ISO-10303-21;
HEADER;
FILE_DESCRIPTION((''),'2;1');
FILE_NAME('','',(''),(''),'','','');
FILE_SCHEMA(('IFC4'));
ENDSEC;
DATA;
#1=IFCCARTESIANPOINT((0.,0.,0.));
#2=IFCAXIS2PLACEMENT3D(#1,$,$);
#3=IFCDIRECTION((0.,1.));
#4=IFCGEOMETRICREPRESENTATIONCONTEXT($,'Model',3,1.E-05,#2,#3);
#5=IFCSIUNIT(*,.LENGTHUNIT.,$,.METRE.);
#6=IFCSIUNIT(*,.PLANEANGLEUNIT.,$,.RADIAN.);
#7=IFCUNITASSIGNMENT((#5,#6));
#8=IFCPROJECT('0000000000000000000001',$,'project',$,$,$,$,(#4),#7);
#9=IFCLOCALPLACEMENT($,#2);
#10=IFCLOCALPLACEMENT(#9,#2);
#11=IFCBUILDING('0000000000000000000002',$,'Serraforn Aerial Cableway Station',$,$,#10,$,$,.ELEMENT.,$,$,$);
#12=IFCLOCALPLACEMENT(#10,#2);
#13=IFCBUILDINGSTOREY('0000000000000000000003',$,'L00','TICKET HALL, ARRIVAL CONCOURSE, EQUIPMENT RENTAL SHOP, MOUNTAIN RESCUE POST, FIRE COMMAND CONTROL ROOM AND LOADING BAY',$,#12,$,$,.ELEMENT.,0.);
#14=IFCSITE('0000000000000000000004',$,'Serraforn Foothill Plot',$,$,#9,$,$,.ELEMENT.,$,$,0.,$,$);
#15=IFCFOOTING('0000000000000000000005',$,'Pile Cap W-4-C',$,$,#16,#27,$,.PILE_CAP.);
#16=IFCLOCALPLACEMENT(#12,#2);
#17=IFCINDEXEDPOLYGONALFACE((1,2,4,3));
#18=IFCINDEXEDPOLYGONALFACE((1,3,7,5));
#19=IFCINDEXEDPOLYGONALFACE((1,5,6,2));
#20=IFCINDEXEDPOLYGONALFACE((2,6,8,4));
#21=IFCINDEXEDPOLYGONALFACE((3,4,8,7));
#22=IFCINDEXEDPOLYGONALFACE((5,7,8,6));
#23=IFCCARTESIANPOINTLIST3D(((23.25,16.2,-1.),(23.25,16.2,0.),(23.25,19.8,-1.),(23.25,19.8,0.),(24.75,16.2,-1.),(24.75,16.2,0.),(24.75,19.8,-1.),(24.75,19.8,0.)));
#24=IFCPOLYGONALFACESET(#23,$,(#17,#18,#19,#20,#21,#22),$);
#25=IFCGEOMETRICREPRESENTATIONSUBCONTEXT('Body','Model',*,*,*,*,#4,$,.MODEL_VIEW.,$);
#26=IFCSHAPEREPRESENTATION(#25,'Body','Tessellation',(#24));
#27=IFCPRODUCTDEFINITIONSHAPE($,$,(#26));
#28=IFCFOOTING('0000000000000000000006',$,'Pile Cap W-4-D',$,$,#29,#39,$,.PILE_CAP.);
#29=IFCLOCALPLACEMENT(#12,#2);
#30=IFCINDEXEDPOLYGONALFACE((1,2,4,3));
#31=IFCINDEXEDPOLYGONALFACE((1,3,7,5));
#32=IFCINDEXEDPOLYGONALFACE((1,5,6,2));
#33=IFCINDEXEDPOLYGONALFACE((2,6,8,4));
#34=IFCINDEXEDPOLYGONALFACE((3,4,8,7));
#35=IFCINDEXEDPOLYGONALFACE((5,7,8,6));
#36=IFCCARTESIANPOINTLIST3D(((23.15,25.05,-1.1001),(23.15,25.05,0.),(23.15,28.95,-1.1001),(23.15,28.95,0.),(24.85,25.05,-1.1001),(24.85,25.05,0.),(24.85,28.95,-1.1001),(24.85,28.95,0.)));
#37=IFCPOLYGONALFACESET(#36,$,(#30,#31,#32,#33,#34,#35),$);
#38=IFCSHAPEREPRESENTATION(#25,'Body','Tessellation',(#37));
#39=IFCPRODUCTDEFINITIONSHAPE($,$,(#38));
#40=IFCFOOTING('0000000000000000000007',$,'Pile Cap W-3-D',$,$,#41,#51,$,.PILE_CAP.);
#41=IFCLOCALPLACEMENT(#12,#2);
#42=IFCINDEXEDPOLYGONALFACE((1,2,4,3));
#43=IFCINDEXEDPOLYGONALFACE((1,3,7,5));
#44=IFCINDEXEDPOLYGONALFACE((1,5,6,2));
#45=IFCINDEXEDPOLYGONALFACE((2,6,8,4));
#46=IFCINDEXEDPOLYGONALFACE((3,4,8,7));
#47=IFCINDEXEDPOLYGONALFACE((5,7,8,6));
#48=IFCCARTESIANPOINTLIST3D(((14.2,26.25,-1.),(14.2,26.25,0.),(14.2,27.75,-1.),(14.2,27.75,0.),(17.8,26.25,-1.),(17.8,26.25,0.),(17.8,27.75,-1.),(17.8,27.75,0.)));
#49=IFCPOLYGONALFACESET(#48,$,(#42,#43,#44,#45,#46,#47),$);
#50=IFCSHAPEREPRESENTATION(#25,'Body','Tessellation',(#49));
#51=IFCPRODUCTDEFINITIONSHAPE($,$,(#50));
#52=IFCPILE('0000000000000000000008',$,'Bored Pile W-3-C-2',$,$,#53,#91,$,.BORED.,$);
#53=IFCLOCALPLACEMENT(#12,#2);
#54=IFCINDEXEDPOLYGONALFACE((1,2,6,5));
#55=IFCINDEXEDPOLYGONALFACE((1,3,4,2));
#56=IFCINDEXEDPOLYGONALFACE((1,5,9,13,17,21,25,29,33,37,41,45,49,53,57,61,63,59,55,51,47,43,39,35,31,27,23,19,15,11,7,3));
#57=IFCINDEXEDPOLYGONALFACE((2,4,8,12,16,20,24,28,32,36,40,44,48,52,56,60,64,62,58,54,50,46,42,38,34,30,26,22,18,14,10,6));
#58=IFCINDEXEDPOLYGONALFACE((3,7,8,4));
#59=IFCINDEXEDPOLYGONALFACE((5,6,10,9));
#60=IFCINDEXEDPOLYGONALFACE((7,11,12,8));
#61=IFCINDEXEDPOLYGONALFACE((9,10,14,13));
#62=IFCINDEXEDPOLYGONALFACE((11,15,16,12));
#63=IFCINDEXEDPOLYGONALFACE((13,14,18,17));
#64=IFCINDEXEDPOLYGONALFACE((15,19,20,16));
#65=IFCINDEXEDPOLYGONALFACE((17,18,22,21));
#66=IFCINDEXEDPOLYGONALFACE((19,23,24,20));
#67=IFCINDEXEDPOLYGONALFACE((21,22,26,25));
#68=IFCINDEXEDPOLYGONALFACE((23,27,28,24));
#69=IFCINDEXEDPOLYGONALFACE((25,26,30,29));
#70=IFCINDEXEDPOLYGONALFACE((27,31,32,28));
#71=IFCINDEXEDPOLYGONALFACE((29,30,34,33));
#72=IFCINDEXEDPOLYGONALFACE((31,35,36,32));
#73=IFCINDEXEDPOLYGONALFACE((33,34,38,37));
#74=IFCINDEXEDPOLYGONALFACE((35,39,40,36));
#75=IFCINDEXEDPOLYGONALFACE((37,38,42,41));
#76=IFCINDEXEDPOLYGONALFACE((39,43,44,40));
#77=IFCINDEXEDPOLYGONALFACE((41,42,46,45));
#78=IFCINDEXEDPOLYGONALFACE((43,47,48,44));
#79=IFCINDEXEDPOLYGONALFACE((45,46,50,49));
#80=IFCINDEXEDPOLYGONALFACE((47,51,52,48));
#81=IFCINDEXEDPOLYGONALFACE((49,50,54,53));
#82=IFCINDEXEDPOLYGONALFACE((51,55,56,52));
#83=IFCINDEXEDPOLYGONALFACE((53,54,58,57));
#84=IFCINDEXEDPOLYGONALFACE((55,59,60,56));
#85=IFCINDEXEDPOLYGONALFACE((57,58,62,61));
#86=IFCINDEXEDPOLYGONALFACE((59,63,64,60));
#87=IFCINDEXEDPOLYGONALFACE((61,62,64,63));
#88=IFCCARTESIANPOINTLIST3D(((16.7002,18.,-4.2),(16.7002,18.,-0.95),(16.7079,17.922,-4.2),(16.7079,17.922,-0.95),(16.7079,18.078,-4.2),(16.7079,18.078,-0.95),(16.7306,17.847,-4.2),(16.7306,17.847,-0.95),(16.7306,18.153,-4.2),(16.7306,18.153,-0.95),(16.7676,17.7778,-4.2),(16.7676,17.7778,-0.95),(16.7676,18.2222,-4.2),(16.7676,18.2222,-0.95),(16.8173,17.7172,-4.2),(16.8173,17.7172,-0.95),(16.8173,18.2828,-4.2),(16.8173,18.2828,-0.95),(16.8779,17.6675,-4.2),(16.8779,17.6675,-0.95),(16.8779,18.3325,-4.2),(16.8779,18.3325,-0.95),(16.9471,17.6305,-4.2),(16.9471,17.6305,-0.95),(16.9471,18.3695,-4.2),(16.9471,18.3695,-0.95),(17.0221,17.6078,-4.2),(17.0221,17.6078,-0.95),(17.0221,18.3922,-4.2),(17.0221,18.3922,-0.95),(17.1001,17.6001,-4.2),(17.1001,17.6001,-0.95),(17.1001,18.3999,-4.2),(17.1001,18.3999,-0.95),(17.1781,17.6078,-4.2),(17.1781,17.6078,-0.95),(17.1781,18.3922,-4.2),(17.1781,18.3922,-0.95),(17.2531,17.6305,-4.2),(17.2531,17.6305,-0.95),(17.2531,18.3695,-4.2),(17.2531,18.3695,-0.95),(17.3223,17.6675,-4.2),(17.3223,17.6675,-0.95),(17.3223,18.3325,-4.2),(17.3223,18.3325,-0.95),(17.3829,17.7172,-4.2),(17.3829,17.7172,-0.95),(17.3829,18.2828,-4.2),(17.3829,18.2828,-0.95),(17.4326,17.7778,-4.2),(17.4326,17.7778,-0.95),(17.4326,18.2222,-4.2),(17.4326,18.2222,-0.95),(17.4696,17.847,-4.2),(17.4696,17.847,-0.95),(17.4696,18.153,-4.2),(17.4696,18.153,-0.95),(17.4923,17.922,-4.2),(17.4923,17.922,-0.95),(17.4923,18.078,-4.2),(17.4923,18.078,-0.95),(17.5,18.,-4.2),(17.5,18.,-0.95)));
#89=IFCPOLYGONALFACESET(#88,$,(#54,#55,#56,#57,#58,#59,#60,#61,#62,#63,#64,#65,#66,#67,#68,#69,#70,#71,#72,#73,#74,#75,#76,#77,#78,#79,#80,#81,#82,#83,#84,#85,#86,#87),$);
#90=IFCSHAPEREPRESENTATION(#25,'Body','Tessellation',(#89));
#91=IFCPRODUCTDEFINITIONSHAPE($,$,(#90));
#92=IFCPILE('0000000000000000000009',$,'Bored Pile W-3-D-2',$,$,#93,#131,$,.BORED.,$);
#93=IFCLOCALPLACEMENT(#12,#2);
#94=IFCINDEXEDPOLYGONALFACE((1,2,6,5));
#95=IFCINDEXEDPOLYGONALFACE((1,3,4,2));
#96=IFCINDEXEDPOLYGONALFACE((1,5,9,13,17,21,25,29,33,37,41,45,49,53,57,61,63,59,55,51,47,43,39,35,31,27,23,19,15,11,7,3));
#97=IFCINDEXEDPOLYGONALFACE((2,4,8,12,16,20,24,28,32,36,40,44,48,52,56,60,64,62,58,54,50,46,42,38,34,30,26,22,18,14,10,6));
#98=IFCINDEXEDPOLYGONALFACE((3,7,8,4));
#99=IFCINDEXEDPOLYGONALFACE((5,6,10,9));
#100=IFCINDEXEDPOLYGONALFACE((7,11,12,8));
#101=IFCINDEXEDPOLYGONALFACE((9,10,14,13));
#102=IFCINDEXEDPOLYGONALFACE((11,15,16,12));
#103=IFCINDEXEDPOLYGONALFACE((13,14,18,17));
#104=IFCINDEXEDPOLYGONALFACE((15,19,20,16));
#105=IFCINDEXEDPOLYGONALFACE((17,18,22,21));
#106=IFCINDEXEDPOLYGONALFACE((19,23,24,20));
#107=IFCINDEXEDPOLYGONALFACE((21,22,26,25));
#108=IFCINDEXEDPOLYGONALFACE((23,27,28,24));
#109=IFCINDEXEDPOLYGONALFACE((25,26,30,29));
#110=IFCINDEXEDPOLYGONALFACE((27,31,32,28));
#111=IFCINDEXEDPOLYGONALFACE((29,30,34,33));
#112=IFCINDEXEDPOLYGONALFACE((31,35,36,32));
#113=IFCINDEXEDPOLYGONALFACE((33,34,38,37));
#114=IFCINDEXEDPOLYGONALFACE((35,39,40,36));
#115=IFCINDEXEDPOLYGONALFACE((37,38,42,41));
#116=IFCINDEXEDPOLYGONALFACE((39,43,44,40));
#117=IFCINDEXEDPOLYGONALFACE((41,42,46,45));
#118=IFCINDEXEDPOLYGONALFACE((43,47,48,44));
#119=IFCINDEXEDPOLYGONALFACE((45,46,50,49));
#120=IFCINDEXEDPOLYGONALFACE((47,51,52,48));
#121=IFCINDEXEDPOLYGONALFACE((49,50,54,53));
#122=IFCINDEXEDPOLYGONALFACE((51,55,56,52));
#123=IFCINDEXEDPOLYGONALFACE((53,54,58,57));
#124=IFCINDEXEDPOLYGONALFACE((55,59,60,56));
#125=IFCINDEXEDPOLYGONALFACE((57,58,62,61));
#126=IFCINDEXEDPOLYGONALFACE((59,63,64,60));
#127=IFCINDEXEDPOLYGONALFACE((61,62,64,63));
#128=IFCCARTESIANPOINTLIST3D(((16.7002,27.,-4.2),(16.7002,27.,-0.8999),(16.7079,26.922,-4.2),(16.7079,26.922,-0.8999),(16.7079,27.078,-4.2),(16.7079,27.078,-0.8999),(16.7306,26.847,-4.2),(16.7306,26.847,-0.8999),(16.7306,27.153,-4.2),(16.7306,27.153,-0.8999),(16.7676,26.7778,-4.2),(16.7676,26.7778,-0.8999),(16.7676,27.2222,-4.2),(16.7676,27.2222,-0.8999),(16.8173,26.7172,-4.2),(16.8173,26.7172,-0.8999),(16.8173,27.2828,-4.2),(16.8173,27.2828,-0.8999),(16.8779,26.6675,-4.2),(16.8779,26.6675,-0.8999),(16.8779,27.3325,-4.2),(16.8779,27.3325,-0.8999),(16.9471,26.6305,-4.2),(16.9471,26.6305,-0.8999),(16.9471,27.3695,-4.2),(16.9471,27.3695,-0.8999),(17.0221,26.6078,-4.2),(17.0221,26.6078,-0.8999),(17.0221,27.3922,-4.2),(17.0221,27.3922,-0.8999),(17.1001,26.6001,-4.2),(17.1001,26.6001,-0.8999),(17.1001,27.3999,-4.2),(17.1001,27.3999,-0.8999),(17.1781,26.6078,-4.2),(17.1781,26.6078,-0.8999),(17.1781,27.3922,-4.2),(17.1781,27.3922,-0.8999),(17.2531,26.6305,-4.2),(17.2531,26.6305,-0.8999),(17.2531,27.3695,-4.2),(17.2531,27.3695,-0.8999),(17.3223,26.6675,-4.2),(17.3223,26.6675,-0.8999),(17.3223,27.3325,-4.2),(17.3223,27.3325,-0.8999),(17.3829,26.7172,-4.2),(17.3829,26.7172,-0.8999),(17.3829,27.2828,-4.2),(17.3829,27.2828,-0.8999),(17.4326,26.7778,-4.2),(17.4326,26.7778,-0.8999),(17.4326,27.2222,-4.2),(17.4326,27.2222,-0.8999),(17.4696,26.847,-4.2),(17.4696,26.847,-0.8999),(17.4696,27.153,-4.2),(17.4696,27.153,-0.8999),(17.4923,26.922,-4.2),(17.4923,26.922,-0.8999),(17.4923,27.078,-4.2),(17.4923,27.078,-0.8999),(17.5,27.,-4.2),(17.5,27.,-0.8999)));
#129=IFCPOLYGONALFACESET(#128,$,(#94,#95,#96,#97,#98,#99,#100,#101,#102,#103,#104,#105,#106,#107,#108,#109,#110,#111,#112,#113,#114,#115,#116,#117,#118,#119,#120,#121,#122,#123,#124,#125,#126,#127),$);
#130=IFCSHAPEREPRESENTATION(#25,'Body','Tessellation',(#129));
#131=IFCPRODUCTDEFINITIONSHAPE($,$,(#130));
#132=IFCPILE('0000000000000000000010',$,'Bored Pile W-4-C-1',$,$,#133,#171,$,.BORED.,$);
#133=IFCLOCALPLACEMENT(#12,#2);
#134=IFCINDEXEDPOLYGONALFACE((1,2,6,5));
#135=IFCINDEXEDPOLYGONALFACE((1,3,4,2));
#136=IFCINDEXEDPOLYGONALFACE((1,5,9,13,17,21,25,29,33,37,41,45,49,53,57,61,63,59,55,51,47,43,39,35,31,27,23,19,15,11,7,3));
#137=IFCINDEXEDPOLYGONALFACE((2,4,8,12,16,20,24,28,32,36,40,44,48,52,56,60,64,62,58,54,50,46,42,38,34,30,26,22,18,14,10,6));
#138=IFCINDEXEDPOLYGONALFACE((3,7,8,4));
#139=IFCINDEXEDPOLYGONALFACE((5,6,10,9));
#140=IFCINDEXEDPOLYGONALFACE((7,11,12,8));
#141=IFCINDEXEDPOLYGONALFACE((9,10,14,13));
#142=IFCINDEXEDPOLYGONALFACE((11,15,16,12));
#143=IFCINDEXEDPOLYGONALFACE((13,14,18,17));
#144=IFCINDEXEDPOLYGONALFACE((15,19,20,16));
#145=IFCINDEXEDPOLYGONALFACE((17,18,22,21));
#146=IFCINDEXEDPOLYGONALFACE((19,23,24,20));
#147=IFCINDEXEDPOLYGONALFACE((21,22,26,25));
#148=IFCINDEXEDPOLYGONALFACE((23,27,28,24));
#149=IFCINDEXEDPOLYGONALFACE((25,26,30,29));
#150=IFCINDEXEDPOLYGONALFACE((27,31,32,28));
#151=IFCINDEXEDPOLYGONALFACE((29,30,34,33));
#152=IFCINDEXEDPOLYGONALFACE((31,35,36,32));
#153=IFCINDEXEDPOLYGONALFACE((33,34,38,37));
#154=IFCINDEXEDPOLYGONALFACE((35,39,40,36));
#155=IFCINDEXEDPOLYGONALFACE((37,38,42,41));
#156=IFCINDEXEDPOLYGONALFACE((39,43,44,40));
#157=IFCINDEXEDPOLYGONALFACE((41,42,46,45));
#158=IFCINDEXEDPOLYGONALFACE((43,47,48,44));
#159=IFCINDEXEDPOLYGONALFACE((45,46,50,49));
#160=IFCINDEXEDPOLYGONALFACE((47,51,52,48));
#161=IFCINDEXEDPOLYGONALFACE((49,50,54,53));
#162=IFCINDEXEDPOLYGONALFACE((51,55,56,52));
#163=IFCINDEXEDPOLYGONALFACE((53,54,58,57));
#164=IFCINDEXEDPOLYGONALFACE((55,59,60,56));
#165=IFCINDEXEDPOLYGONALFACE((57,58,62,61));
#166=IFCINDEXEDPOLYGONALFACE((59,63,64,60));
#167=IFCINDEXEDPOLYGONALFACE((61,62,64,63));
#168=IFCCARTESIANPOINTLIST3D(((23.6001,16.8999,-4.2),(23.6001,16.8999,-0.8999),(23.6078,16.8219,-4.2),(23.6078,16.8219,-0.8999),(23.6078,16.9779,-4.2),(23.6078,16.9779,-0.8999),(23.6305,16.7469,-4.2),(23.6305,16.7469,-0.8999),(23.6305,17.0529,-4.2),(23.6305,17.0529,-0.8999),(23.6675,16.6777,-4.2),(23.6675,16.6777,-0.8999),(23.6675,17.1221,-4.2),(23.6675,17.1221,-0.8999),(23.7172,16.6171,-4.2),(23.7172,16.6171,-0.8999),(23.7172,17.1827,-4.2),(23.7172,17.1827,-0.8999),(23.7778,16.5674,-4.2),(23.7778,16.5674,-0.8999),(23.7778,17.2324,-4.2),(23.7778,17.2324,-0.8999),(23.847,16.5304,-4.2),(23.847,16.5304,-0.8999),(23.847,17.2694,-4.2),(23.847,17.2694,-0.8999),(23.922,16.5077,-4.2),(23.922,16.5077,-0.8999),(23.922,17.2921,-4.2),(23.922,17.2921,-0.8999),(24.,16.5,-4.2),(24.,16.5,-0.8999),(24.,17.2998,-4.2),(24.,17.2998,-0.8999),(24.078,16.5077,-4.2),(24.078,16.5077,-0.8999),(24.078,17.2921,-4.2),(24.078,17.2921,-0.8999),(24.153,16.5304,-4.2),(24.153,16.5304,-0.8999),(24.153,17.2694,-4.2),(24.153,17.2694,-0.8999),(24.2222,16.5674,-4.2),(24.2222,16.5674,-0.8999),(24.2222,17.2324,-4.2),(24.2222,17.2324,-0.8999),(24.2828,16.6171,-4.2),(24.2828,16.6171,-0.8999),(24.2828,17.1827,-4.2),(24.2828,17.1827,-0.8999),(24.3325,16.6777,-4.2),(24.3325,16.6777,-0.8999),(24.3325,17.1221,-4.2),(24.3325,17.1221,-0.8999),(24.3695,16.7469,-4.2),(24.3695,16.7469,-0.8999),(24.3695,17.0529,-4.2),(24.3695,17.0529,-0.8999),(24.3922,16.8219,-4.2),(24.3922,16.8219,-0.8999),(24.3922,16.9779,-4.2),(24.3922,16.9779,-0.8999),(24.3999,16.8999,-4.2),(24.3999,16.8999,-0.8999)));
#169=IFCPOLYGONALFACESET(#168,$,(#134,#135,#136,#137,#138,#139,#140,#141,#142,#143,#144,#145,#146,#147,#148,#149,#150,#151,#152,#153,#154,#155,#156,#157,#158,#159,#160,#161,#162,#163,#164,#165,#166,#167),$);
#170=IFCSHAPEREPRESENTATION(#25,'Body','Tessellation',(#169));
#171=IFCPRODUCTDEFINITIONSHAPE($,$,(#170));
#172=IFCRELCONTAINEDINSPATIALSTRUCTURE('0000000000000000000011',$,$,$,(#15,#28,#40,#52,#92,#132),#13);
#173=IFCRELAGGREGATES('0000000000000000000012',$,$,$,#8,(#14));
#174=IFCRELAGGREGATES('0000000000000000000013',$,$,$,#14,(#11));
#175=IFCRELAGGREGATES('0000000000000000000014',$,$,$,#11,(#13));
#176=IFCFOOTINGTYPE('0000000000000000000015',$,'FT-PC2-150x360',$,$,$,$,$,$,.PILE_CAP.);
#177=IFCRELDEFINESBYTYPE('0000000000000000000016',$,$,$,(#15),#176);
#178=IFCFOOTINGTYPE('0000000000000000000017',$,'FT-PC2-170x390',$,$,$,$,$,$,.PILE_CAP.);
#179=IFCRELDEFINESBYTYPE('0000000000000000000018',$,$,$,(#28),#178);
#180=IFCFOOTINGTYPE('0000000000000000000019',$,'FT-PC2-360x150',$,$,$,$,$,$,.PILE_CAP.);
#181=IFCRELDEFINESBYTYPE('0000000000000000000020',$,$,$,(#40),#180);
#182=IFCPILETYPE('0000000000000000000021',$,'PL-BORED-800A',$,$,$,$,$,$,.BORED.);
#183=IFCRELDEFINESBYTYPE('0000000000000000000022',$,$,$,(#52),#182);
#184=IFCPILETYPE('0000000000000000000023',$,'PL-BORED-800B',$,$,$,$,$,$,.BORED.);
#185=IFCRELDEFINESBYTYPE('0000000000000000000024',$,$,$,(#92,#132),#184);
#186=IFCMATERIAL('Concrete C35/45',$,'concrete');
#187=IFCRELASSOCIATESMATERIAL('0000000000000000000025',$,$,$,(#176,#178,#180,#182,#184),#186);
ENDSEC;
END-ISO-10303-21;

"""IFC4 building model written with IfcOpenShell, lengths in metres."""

from ifc_helpers import new_model, si_unit, direction, frame, origin, origin_2d, place, context, subcontext, project, spatial, rectangle, circle, extrude, material, material_profile, profile_set, type_object, element, save


model = new_model("IFC4")

# Units and contexts
model_context = context("Model", 3, precision=1e-05, world=origin(), true_north=direction((0.0, 1.0)))
body_context = subcontext(model_context, "Body", "Model", "MODEL_VIEW")
ifc_project = project(units=[si_unit("LENGTHUNIT", "METRE"), si_unit("PLANEANGLEUNIT", "RADIAN")], contexts=[model_context])

# Site, building, storey
site_placement = place(None, origin())
site = spatial("IfcSite", under=ifc_project, at=site_placement, Name="Serraforn Foothill Plot", CompositionType="ELEMENT", RefElevation=0.0)
building_placement = place(site_placement, origin())
building = spatial("IfcBuilding", under=site, at=building_placement, Name="Serraforn Aerial Cableway Station", CompositionType="ELEMENT")
storey_placement = place(building_placement, origin())
storey = spatial("IfcBuildingStorey", under=building, at=storey_placement, Name="L00", Description="TICKET HALL, ARRIVAL CONCOURSE, EQUIPMENT RENTAL SHOP, MOUNTAIN RESCUE POST, FIRE COMMAND CONTROL ROOM AND LOADING BAY", CompositionType="ELEMENT", Elevation=0.0)

# Footings
ifc_material_1 = material(Name="Concrete C35/45", Category="concrete")
footing_type_1 = type_object("IfcFootingType", Name="FT-PC2-150x360", PredefinedType="PILE_CAP", material=ifc_material_1)
footing_1_placement = place(storey_placement, frame((24.0, 18.0, -1.0), z_axis=(0.0, 0.0, 1.0), x_axis=(1.0, 0.0, 0.0)))
element("IfcFooting", 1, at=footing_1_placement, inside=storey, type_object=footing_type_1, Name="Pile Cap W-4-C", PredefinedType="PILE_CAP", context=body_context, shape_type="SweptSolid", body=[
    extrude(rectangle(XDim=1.5, YDim=3.6001, at=origin_2d()), origin(), (0.0, 0.0, 1.0), 1.0),
])
footing_type_2 = type_object("IfcFootingType", Name="FT-PC2-170x390", PredefinedType="PILE_CAP", material=ifc_material_1)
footing_2_placement = place(storey_placement, frame((24.0, 27.0, -1.1001), z_axis=(0.0, 0.0, 1.0), x_axis=(1.0, 0.0, 0.0)))
element("IfcFooting", 2, at=footing_2_placement, inside=storey, type_object=footing_type_2, Name="Pile Cap W-4-D", PredefinedType="PILE_CAP", context=body_context, shape_type="SweptSolid", body=[
    extrude(rectangle(XDim=1.7, YDim=3.8999, at=origin_2d()), origin(), (0.0, 0.0, 1.0), 1.1001),
])
footing_type_3 = type_object("IfcFootingType", Name="FT-PC2-360x150", PredefinedType="PILE_CAP", material=ifc_material_1)
footing_3_placement = place(storey_placement, frame((16.0, 27.0, -1.0), z_axis=(0.0, 0.0, 1.0), x_axis=(1.0, 0.0, 0.0)))
element("IfcFooting", 3, at=footing_3_placement, inside=storey, type_object=footing_type_3, Name="Pile Cap W-3-D", PredefinedType="PILE_CAP", context=body_context, shape_type="SweptSolid", body=[
    extrude(rectangle(XDim=3.6001, YDim=1.5, at=origin_2d()), origin(), (0.0, 0.0, 1.0), 1.0),
])

# Piles
ifc_material_profile_1 = material_profile(ifc_material_1, circle(Radius=0.3999, at=origin_2d()), Name="BORED PILE D800")
ifc_profile_set_1 = profile_set([ifc_material_profile_1], Name="Concrete C35/45")
pile_type_1 = type_object("IfcPileType", Name="PL-BORED-800A", PredefinedType="BORED", material=ifc_profile_set_1)
pile_1_placement = place(storey_placement, frame((17.1001, 18.0, -0.95), z_axis=(0.0, 0.0, -1.0), x_axis=(1.0, 0.0, 0.0)))
element("IfcPile", 4, at=pile_1_placement, inside=storey, type_object=pile_type_1, Name="Bored Pile W-3-C-2", PredefinedType="BORED", context=body_context, shape_type="SweptSolid", body=[
    extrude(circle(Radius=0.3999, at=origin_2d()), origin(), (0.0, 0.0, 1.0), 3.25),
])
ifc_material_profile_2 = material_profile(ifc_material_1, circle(Radius=0.3999, at=origin_2d()), Name="BORED PILE D800")
ifc_profile_set_2 = profile_set([ifc_material_profile_2], Name="Concrete C35/45")
pile_type_2 = type_object("IfcPileType", Name="PL-BORED-800B", PredefinedType="BORED", material=ifc_profile_set_2)
for number, where, z_axis, x_axis, name in (
    (5, (17.1001, 27.0, -0.8999), (0.0, 0.0, -1.0), (1.0, 0.0, 0.0), "Bored Pile W-3-D-2"),
    (6, (24.0, 16.8999, -0.8999), (0.0, 0.0, -1.0), (1.0, 0.0, 0.0), "Bored Pile W-4-C-1"),
):
    element("IfcPile", number, at=place(storey_placement, frame(where, z_axis=z_axis, x_axis=x_axis)), inside=storey, type_object=pile_type_2, Name=name, PredefinedType="BORED", context=body_context, shape_type="SweptSolid", body=[
        extrude(circle(Radius=0.3999, at=origin_2d()), origin(), (0.0, 0.0, 1.0), 3.3),
    ])

save(model, "model.ifc")
